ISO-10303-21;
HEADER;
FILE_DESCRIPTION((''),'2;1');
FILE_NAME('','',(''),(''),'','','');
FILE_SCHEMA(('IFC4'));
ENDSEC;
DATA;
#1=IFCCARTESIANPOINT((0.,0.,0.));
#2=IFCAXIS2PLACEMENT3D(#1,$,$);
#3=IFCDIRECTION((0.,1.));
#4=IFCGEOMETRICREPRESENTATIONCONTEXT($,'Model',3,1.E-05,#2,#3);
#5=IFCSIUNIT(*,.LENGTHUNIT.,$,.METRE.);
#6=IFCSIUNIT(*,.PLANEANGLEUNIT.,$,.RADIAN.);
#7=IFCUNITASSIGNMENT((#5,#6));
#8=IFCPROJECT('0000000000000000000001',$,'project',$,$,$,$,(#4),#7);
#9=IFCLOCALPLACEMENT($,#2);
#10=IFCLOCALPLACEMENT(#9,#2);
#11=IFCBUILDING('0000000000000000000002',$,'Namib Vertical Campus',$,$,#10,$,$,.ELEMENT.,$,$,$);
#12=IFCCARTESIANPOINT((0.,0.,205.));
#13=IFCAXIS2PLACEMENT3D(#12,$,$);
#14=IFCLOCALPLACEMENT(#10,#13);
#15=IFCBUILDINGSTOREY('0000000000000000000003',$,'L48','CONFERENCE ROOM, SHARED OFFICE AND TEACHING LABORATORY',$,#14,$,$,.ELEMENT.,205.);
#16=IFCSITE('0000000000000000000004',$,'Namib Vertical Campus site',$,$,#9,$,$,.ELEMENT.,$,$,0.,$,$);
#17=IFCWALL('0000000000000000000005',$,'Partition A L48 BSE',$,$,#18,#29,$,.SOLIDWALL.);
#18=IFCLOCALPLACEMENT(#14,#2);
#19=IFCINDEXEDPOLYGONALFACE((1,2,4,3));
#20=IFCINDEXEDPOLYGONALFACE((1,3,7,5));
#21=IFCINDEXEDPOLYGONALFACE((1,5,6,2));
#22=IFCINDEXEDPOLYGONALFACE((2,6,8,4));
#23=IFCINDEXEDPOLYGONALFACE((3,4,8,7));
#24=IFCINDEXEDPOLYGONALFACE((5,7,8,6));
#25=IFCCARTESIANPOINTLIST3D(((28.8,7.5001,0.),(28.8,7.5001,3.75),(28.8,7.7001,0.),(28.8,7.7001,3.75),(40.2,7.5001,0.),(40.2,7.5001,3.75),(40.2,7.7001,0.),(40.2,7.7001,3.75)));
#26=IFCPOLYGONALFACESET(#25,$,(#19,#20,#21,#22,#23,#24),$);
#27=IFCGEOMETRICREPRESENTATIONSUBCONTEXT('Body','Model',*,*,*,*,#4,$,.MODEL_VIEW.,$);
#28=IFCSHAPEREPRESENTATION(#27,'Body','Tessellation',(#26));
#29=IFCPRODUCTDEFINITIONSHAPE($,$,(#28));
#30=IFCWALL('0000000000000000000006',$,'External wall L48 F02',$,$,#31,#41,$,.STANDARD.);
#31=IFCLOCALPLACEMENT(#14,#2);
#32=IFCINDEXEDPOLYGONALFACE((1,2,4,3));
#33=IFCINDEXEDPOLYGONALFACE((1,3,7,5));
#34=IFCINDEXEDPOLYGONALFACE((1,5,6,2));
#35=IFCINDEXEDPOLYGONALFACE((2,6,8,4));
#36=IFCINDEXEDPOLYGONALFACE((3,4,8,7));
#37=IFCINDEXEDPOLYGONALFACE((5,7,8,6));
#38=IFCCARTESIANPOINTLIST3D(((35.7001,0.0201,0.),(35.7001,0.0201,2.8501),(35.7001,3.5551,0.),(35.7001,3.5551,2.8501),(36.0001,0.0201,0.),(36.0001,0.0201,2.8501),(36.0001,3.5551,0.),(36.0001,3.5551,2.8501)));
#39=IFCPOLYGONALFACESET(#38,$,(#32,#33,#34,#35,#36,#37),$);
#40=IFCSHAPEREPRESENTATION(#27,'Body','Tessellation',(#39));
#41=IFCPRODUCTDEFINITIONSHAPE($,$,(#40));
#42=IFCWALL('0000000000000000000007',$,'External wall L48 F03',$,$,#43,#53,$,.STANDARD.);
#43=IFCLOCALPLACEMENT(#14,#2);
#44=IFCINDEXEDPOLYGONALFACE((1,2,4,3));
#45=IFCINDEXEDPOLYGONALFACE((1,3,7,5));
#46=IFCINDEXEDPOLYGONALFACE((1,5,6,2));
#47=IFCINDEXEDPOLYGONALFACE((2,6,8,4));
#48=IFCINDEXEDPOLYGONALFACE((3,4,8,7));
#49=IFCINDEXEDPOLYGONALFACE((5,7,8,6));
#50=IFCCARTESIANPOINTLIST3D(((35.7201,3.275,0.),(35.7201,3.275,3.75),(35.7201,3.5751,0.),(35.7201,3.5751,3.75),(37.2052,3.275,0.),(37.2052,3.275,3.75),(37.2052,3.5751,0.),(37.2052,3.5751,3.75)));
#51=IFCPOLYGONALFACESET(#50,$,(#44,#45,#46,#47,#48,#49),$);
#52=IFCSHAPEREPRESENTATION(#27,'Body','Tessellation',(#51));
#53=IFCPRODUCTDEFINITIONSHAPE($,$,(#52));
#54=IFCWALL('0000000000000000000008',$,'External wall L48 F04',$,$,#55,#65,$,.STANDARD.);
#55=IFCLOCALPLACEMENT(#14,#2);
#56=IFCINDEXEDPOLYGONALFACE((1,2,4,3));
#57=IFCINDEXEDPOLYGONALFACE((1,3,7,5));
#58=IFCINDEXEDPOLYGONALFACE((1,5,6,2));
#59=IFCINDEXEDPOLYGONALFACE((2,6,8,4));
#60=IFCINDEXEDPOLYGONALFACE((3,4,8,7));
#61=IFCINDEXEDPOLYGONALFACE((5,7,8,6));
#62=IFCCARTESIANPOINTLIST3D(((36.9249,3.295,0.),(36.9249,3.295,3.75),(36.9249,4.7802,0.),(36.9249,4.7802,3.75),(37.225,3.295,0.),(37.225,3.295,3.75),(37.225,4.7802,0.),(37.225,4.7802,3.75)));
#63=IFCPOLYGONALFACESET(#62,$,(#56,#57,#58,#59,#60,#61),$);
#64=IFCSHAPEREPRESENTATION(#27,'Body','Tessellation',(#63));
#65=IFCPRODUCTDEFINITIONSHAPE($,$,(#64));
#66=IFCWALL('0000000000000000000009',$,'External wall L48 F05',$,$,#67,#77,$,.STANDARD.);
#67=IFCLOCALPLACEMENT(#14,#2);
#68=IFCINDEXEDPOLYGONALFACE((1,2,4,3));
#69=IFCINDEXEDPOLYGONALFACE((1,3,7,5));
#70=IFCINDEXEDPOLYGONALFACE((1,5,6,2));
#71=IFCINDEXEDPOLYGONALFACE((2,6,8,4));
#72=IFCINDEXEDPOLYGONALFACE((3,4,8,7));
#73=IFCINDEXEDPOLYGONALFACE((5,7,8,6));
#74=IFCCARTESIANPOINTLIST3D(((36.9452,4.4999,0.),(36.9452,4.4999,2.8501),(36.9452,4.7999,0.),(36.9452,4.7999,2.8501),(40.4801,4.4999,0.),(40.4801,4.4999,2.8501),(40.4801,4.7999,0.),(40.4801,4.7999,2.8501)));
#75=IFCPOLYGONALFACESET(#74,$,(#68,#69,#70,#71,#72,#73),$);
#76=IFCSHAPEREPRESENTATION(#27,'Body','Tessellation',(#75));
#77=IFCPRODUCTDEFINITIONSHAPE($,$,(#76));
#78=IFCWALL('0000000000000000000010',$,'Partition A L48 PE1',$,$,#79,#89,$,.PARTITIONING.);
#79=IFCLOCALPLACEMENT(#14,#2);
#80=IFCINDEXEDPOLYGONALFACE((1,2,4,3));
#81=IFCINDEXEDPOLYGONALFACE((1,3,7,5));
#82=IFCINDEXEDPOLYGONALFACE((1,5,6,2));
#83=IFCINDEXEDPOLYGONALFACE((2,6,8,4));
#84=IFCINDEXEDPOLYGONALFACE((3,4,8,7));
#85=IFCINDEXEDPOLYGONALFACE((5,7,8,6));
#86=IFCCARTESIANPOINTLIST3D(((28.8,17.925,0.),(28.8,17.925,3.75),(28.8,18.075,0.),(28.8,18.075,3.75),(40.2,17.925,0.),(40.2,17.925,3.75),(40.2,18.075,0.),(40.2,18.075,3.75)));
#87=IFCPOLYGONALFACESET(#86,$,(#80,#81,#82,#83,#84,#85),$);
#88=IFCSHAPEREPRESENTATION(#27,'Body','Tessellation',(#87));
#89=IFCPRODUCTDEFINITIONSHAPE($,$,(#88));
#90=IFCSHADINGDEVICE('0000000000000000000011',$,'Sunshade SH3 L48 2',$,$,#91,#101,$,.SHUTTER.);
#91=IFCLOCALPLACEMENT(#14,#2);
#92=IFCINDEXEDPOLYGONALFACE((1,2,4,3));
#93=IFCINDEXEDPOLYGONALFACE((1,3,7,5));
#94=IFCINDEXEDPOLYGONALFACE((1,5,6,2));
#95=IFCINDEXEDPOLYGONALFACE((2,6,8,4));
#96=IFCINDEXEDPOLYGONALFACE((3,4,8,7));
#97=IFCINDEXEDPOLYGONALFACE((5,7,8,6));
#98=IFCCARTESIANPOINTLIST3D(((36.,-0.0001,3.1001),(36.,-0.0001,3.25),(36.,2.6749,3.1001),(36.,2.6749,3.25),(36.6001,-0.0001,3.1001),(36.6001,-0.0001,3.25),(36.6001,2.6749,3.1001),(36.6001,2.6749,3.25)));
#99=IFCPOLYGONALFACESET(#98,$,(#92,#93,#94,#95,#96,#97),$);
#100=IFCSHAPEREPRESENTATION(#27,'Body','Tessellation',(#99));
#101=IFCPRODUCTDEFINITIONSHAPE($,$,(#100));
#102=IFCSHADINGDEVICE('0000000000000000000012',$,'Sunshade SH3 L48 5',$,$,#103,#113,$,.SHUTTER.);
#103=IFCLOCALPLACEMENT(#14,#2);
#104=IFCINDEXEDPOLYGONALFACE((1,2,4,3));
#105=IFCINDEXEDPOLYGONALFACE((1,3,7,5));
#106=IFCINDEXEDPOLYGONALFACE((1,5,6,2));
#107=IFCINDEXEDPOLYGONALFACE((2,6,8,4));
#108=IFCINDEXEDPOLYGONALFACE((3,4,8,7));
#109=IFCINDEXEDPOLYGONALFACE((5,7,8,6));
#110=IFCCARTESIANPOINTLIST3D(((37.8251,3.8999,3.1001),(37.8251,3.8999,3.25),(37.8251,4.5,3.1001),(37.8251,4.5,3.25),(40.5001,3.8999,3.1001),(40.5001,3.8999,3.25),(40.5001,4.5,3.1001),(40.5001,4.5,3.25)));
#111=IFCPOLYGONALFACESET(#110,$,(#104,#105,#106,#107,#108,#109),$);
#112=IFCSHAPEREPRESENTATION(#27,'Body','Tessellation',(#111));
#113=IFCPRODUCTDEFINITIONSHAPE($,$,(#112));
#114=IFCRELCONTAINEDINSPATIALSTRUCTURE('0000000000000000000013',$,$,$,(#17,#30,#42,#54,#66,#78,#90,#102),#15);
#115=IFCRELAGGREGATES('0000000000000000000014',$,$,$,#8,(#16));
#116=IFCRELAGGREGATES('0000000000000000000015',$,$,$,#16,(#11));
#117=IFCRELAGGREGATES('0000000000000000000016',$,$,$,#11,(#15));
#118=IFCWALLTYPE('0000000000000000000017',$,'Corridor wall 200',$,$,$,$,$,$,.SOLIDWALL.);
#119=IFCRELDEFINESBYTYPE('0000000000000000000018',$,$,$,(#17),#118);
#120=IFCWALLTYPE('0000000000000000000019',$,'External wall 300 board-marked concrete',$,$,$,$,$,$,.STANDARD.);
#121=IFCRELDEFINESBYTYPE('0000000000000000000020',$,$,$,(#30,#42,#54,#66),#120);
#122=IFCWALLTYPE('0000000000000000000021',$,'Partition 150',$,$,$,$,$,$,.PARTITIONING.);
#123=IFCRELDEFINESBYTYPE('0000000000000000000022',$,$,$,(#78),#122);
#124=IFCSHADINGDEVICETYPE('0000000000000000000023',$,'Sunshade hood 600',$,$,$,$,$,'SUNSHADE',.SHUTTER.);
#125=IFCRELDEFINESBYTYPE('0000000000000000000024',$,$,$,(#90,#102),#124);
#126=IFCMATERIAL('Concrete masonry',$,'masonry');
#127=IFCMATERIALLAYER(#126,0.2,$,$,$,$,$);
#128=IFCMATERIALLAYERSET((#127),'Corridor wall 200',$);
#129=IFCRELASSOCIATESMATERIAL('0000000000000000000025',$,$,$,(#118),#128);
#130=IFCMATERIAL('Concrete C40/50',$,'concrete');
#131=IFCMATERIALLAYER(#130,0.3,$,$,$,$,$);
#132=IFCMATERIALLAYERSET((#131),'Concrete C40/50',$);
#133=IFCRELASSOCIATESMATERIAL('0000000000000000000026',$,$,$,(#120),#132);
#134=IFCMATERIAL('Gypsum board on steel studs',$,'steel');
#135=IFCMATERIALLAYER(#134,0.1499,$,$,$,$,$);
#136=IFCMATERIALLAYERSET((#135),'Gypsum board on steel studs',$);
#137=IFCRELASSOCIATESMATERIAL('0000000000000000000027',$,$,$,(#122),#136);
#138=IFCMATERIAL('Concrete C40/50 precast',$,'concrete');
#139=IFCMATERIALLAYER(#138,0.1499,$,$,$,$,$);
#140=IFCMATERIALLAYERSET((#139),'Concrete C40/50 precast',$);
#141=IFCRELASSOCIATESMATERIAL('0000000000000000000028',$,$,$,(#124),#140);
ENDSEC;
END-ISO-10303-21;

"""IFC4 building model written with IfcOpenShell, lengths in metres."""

from ifc_helpers import new_model, si_unit, direction, frame, frame_2d, origin, origin_2d, place, context, subcontext, project, spatial, rectangle, extrude, material, layer, layer_set, type_object, element, save


model = new_model("IFC4")

# Units and contexts
model_context = context("Model", 3, precision=1e-05, world=origin(), true_north=direction((0.0, 1.0)))
body_context = subcontext(model_context, "Body", "Model", "MODEL_VIEW")
ifc_project = project(units=[si_unit("LENGTHUNIT", "METRE"), si_unit("PLANEANGLEUNIT", "RADIAN")], contexts=[model_context])

# Site, building, storey
site_placement = place(None, origin())
site = spatial("IfcSite", under=ifc_project, at=site_placement, Name="Namib Vertical Campus site", CompositionType="ELEMENT", RefElevation=0.0)
building_placement = place(site_placement, origin())
building = spatial("IfcBuilding", under=site, at=building_placement, Name="Namib Vertical Campus", CompositionType="ELEMENT")
storey_placement = place(building_placement, frame((0.0, 0.0, 205.0)))
storey = spatial("IfcBuildingStorey", under=building, at=storey_placement, Name="L48", Description="CONFERENCE ROOM, SHARED OFFICE AND TEACHING LABORATORY", CompositionType="ELEMENT", Elevation=205.0)

# Shared definitions
ifc_material_1 = material(Name="Concrete masonry", Category="masonry")
ifc_layer_1 = layer(ifc_material_1, 0.2)
ifc_layer_set_1 = layer_set([ifc_layer_1], Name="Corridor wall 200")
wall_type_1 = type_object("IfcWallType", Name="Corridor wall 200", PredefinedType="SOLIDWALL", material=ifc_layer_set_1)

# Walls
wall_1_placement = place(storey_placement, frame((28.8, 7.6001, 0.0), z_axis=(0.0, 0.0, 1.0), x_axis=(1.0, 0.0, 0.0)))
element("IfcWall", 1, at=wall_1_placement, inside=storey, type_object=wall_type_1, Name="Partition A L48 BSE", PredefinedType="SOLIDWALL", context=body_context, shape_type="SweptSolid", body=[
    extrude(rectangle(XDim=11.3999, YDim=0.2, at=frame_2d((5.7, 0.0))), origin(), (0.0, 0.0, 1.0), 3.75),
])
ifc_material_2 = material(Name="Concrete C40/50", Category="concrete")
ifc_layer_2 = layer(ifc_material_2, 0.3)
ifc_layer_set_2 = layer_set([ifc_layer_2], Name="Concrete C40/50")
wall_type_2 = type_object("IfcWallType", Name="External wall 300 board-marked concrete", PredefinedType="STANDARD", material=ifc_layer_set_2)
wall_2_placement = place(storey_placement, frame((35.8501, 0.02, 0.0), z_axis=(0.0, 0.0, 1.0), x_axis=(0.0, 1.0, 0.0)))
element("IfcWall", 2, at=wall_2_placement, inside=storey, type_object=wall_type_2, Name="External wall L48 F02", PredefinedType="STANDARD", context=body_context, shape_type="SweptSolid", body=[
    extrude(rectangle(XDim=3.5349, YDim=0.3, at=frame_2d((1.7676, 0.0))), origin(), (0.0, 0.0, 1.0), 2.8501),
])
for number, where, z_axis, x_axis, name in (
    (3, (35.72, 3.425, 0.0), (0.0, 0.0, 1.0), (1.0, 0.0, 0.0), "External wall L48 F03"),
    (4, (37.075, 3.2949, 0.0), (0.0, 0.0, 1.0), (0.0, 1.0, 0.0), "External wall L48 F04"),
):
    element("IfcWall", number, at=place(storey_placement, frame(where, z_axis=z_axis, x_axis=x_axis)), inside=storey, type_object=wall_type_2, Name=name, PredefinedType="STANDARD", context=body_context, shape_type="SweptSolid", body=[
        extrude(rectangle(XDim=1.4851, YDim=0.3, at=frame_2d((0.7427, 0.0))), origin(), (0.0, 0.0, 1.0), 3.75),
    ])
wall_3_placement = place(storey_placement, frame((36.9451, 4.6499, 0.0), z_axis=(0.0, 0.0, 1.0), x_axis=(1.0, 0.0, 0.0)))
element("IfcWall", 5, at=wall_3_placement, inside=storey, type_object=wall_type_2, Name="External wall L48 F05", PredefinedType="STANDARD", context=body_context, shape_type="SweptSolid", body=[
    extrude(rectangle(XDim=3.5349, YDim=0.3, at=frame_2d((1.7676, 0.0))), origin(), (0.0, 0.0, 1.0), 2.8501),
])
ifc_material_3 = material(Name="Gypsum board on steel studs", Category="steel")
ifc_layer_3 = layer(ifc_material_3, 0.1499)
ifc_layer_set_3 = layer_set([ifc_layer_3], Name="Gypsum board on steel studs")
wall_type_3 = type_object("IfcWallType", Name="Partition 150", PredefinedType="PARTITIONING", material=ifc_layer_set_3)
wall_4_placement = place(storey_placement, frame((28.8, 18.0, 0.0), z_axis=(0.0, 0.0, 1.0), x_axis=(1.0, 0.0, 0.0)))
element("IfcWall", 6, at=wall_4_placement, inside=storey, type_object=wall_type_3, Name="Partition A L48 PE1", PredefinedType="PARTITIONING", context=body_context, shape_type="SweptSolid", body=[
    extrude(rectangle(XDim=11.3999, YDim=0.1499, at=frame_2d((5.7, 0.0))), origin(), (0.0, 0.0, 1.0), 3.75),
])

# Shading devices
ifc_material_4 = material(Name="Concrete C40/50 precast", Category="concrete")
ifc_layer_4 = layer(ifc_material_4, 0.1499)
ifc_layer_set_4 = layer_set([ifc_layer_4], Name="Concrete C40/50 precast")
shading_device_type = type_object("IfcShadingDeviceType", Name="Sunshade hood 600", ElementType="SUNSHADE", PredefinedType="SHUTTER", material=ifc_layer_set_4)
for number, where, z_axis, x_axis, name in (
    (7, (36.3, 1.3374, 3.1001), (0.0, 0.0, 1.0), (0.0, 1.0, 0.0), "Sunshade SH3 L48 2"),
    (8, (39.1626, 4.2, 3.1001), (0.0, 0.0, 1.0), (1.0, 0.0, 0.0), "Sunshade SH3 L48 5"),
):
    element("IfcShadingDevice", number, at=place(storey_placement, frame(where, z_axis=z_axis, x_axis=x_axis)), inside=storey, type_object=shading_device_type, Name=name, PredefinedType="SHUTTER", context=body_context, shape_type="SweptSolid", body=[
        extrude(rectangle(XDim=2.675, YDim=0.6001, at=origin_2d()), origin(), (0.0, 0.0, 1.0), 0.1499),
    ])

save(model, "model.ifc")
